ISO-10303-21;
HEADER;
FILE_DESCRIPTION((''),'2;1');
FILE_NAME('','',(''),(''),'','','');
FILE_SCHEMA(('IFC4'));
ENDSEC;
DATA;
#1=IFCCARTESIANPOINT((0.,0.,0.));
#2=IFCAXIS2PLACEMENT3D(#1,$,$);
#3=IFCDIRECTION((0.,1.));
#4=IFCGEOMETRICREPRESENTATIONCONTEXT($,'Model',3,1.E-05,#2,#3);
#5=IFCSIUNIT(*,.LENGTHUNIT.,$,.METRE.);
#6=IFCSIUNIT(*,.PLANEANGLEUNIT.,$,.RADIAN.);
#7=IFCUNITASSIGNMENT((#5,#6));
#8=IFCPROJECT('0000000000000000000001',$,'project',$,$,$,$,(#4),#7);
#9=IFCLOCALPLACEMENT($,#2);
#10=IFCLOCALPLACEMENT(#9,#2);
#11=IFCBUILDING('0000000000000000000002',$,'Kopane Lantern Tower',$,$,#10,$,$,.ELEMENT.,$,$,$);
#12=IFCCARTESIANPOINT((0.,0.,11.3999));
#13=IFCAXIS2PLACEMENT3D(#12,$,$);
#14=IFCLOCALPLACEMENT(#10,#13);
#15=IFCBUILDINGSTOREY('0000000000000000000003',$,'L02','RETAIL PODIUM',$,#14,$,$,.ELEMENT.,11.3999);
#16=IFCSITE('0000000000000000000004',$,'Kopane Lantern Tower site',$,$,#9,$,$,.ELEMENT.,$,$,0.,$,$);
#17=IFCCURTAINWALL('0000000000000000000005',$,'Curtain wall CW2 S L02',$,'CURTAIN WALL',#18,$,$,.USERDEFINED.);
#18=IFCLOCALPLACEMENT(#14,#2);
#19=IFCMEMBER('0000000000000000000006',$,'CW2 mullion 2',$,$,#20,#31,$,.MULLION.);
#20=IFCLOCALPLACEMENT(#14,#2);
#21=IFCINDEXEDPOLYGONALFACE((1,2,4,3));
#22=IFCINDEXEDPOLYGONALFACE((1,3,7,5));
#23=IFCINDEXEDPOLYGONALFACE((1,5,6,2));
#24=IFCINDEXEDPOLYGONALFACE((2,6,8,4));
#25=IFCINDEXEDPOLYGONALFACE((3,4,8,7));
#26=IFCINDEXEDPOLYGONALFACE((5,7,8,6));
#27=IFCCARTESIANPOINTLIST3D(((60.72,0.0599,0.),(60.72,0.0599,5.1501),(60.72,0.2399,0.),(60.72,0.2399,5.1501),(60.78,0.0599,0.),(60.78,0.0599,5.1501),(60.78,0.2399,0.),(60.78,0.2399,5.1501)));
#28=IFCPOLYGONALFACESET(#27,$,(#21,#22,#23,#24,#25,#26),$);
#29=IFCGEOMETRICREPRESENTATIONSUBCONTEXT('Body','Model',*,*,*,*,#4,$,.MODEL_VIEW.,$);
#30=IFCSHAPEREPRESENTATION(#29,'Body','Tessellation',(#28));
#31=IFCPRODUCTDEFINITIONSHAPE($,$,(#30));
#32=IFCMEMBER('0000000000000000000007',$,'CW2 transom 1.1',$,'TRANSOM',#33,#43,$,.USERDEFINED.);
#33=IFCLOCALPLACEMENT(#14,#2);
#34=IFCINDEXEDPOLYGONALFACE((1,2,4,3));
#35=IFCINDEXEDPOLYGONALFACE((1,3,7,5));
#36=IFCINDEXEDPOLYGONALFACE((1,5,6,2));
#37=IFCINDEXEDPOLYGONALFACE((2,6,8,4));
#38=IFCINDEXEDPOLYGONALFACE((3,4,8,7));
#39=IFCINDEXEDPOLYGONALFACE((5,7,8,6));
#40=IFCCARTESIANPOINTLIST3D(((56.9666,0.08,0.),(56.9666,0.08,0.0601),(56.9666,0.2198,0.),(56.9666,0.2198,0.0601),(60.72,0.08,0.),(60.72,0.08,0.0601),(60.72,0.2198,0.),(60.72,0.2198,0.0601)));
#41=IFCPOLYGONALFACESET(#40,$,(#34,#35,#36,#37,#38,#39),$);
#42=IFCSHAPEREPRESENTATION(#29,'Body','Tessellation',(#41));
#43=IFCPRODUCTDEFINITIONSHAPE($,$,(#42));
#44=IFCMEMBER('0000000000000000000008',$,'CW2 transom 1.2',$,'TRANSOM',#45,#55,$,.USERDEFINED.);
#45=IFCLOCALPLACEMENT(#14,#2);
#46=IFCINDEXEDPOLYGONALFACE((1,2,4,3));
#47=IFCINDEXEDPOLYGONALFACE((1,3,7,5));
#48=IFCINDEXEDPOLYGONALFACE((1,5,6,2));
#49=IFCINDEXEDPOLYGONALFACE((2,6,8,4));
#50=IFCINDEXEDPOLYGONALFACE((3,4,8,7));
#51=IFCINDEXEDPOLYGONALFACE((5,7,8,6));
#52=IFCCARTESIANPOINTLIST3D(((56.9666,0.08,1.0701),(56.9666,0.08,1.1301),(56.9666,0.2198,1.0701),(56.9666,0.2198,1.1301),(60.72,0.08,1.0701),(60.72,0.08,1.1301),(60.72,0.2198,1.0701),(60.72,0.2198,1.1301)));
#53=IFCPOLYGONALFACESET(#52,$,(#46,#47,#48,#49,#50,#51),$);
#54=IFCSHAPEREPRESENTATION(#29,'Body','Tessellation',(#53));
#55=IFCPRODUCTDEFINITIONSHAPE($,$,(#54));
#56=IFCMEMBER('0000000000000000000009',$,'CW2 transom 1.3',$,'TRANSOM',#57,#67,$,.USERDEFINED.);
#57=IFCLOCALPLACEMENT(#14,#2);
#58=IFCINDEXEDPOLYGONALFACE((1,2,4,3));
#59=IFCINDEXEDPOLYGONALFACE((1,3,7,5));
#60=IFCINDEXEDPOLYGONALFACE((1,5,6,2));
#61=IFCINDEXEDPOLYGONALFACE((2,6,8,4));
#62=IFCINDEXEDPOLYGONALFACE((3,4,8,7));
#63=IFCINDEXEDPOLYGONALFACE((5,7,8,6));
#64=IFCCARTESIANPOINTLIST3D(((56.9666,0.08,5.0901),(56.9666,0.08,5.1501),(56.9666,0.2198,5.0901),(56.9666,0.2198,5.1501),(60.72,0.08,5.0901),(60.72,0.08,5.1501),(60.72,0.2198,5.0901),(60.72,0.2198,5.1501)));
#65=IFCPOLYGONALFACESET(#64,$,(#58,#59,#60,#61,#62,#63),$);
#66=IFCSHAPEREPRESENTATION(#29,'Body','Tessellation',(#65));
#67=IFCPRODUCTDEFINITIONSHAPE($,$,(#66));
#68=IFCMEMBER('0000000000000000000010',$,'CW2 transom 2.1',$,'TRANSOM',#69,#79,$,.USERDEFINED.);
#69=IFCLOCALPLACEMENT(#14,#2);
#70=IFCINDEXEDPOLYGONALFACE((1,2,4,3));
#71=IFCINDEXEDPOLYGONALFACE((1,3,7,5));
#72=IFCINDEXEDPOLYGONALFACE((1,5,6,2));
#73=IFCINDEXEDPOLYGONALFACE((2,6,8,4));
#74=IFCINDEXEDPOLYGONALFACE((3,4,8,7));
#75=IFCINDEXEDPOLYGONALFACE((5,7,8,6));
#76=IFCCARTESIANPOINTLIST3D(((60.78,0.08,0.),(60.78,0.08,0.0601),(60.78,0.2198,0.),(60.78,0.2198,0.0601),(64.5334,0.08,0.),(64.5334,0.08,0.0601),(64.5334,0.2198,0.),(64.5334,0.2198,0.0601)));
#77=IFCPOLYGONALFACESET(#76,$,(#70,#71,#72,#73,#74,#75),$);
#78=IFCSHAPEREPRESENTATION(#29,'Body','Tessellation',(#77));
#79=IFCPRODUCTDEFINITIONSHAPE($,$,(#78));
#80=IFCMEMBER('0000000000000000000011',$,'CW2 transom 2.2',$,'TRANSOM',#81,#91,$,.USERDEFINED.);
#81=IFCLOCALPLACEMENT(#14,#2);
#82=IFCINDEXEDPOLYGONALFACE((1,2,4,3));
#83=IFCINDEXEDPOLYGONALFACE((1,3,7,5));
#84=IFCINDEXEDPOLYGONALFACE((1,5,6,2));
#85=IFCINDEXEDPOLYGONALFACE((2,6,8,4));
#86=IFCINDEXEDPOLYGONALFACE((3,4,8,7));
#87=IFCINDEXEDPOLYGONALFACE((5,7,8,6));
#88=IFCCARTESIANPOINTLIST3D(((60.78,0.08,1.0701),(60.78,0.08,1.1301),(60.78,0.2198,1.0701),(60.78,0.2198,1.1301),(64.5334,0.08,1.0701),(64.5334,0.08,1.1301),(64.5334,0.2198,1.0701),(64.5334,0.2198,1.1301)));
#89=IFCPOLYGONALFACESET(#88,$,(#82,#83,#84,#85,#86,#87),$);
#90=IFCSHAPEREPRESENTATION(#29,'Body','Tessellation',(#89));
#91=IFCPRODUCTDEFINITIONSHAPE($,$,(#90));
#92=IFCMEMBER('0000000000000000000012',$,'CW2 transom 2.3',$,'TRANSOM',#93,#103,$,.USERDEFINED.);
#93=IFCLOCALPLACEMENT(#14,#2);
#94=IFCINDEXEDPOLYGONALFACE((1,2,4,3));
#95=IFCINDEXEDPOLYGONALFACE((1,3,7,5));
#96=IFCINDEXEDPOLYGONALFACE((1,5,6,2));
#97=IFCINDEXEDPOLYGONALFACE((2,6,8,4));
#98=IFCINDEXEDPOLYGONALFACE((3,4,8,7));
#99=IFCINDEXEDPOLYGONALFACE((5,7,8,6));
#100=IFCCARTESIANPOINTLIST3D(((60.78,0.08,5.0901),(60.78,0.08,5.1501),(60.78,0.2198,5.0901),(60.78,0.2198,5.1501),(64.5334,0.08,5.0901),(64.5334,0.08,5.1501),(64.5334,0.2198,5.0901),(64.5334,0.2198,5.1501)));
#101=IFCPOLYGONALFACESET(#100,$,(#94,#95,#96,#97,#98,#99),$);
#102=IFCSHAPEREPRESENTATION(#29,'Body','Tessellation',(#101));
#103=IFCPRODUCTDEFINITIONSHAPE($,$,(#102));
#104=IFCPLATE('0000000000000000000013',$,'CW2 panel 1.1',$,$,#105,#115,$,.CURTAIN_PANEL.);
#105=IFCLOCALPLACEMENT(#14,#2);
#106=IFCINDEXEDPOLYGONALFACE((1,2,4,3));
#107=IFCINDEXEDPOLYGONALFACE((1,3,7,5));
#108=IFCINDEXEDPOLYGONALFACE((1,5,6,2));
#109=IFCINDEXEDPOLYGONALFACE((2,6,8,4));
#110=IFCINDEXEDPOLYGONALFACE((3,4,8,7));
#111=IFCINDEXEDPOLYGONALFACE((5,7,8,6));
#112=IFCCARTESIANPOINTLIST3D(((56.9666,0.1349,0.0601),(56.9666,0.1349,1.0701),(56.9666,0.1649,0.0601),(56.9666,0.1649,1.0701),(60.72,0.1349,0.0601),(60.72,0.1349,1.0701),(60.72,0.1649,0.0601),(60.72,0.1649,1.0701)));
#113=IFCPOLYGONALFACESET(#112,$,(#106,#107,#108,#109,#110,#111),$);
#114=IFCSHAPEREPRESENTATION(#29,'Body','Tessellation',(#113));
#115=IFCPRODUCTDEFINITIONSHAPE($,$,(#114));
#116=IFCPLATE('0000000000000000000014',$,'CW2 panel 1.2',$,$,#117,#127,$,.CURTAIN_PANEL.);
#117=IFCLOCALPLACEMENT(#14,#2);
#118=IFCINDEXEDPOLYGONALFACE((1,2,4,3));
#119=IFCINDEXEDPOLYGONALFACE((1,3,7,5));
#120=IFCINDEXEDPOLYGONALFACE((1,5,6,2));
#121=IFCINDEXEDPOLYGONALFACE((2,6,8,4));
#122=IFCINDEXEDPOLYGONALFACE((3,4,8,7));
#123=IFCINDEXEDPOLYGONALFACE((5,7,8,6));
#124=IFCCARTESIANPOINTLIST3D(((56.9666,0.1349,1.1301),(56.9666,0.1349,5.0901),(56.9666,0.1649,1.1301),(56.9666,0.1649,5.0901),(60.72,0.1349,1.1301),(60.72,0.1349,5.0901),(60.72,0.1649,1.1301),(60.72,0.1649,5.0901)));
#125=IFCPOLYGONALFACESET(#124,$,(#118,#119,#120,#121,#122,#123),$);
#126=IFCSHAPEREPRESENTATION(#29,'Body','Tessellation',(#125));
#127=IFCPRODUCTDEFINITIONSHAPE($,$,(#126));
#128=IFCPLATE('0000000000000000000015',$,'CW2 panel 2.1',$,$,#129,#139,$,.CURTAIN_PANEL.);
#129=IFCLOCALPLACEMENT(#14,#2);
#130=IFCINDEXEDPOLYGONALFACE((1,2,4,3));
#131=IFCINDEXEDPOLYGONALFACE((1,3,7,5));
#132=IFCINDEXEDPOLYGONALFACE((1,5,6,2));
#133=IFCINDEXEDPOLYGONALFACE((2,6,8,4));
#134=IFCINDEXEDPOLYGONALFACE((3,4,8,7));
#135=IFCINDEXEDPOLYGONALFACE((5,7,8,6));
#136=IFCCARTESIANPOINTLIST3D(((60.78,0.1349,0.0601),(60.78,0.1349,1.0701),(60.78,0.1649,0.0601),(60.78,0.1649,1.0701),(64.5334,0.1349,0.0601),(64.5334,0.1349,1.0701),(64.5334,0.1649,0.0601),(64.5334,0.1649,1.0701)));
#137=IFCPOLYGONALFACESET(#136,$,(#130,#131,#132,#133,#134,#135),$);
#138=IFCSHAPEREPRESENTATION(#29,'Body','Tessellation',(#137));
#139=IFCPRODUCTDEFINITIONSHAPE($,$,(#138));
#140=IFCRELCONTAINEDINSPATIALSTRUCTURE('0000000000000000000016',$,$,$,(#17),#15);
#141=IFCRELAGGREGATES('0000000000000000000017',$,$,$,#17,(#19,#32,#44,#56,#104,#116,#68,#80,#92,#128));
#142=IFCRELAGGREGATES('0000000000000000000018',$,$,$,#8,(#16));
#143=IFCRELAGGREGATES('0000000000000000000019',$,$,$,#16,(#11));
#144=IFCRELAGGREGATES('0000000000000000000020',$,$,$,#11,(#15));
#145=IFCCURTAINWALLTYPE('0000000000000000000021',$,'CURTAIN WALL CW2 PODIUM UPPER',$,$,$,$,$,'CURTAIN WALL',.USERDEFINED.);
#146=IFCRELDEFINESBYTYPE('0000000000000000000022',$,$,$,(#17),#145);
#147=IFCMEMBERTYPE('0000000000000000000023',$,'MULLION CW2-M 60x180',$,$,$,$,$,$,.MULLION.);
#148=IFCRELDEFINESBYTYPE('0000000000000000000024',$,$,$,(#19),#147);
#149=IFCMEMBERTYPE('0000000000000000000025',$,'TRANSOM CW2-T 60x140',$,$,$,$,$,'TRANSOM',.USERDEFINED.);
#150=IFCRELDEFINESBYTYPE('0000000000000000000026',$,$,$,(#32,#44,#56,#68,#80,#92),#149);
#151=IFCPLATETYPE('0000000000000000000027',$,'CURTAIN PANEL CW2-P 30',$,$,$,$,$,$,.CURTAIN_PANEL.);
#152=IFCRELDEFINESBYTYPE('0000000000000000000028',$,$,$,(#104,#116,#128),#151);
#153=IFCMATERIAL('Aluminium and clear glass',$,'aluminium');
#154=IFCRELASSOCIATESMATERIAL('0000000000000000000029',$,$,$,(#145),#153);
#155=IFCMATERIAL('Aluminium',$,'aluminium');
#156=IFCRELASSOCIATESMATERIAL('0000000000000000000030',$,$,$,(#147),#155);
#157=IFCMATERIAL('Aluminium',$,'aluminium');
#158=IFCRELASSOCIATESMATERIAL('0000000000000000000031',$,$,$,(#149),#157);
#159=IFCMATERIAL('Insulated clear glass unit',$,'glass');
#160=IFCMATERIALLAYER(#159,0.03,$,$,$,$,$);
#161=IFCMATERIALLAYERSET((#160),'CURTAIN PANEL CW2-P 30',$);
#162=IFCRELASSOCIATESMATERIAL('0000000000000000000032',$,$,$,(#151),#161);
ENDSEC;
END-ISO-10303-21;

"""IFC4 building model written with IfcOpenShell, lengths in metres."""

from ifc_helpers import new_model, si_unit, direction, frame, origin, origin_2d, place, context, subcontext, project, spatial, rectangle, extrude, material, layer, layer_set, material_profile, profile_set, type_object, element, aggregate, save


model = new_model("IFC4")

# Units and contexts
model_context = context("Model", 3, precision=1e-05, world=origin(), true_north=direction((0.0, 1.0)))
body_context = subcontext(model_context, "Body", "Model", "MODEL_VIEW")
ifc_project = project(units=[si_unit("LENGTHUNIT", "METRE"), si_unit("PLANEANGLEUNIT", "RADIAN")], contexts=[model_context])

# Site, building, storey
site_placement = place(None, origin())
site = spatial("IfcSite", under=ifc_project, at=site_placement, Name="Kopane Lantern Tower site", CompositionType="ELEMENT", RefElevation=0.0)
building_placement = place(site_placement, origin())
building = spatial("IfcBuilding", under=site, at=building_placement, Name="Kopane Lantern Tower", CompositionType="ELEMENT")
storey_placement = place(building_placement, frame((0.0, 0.0, 11.3999)))
storey = spatial("IfcBuildingStorey", under=building, at=storey_placement, Name="L02", Description="RETAIL PODIUM", CompositionType="ELEMENT", Elevation=11.3999)

# Curtain wall, members, plates
ifc_material_1 = material(Name="Aluminium and clear glass", Category="aluminium")
curtain_wall_type = type_object("IfcCurtainWallType", Name="CURTAIN WALL CW2 PODIUM UPPER", ElementType="CURTAIN WALL", PredefinedType="USERDEFINED", material=ifc_material_1)
curtain_wall_placement = place(storey_placement, origin())
curtain_wall = element("IfcCurtainWall", 1, at=curtain_wall_placement, inside=storey, type_object=curtain_wall_type, Name="Curtain wall CW2 S L02", ObjectType="CURTAIN WALL", PredefinedType="USERDEFINED")
ifc_material_2 = material(Name="Aluminium", Category="aluminium")
ifc_material_profile_1 = material_profile(ifc_material_2, rectangle(XDim=0.0601, YDim=0.1799, at=origin_2d()), Name="AL 60x180")
ifc_profile_set_1 = profile_set([ifc_material_profile_1], Name="Aluminium")
member_type_1 = type_object("IfcMemberType", Name="MULLION CW2-M 60x180", PredefinedType="MULLION", material=ifc_profile_set_1)
member_1_placement = place(storey_placement, frame((60.75, 0.1499, 0.0), z_axis=(0.0, 0.0, 1.0), x_axis=(1.0, 0.0, 0.0)))
member_1 = element("IfcMember", 2, at=member_1_placement, type_object=member_type_1, Name="CW2 mullion 2", PredefinedType="MULLION", context=body_context, shape_type="SweptSolid", body=[
    extrude(rectangle(XDim=0.0601, YDim=0.1799, at=origin_2d()), origin(), (0.0, 0.0, 1.0), 5.1501),
])
ifc_material_3 = material(Name="Aluminium", Category="aluminium")
ifc_material_profile_2 = material_profile(ifc_material_3, rectangle(XDim=0.1399, YDim=0.0601, at=origin_2d()), Name="AL 140x60")
ifc_profile_set_2 = profile_set([ifc_material_profile_2], Name="Aluminium")
member_type_2 = type_object("IfcMemberType", Name="TRANSOM CW2-T 60x140", ElementType="TRANSOM", PredefinedType="USERDEFINED", material=ifc_profile_set_2)
member_2_placement = place(storey_placement, frame((56.9666, 0.1499, 0.03), z_axis=(1.0, 0.0, 0.0), x_axis=(0.0, 1.0, 0.0)))
member_2 = element("IfcMember", 3, at=member_2_placement, type_object=member_type_2, Name="CW2 transom 1.1", ObjectType="TRANSOM", PredefinedType="USERDEFINED", context=body_context, shape_type="SweptSolid", body=[
    extrude(rectangle(XDim=0.1399, YDim=0.0601, at=origin_2d()), origin(), (0.0, 0.0, 1.0), 3.7534),
])
member_3_placement = place(storey_placement, frame((56.9666, 0.1499, 1.1001), z_axis=(1.0, 0.0, 0.0), x_axis=(0.0, 1.0, 0.0)))
member_3 = element("IfcMember", 4, at=member_3_placement, type_object=member_type_2, Name="CW2 transom 1.2", ObjectType="TRANSOM", PredefinedType="USERDEFINED", context=body_context, shape_type="SweptSolid", body=[
    extrude(rectangle(XDim=0.1399, YDim=0.0601, at=origin_2d()), origin(), (0.0, 0.0, 1.0), 3.7534),
])
member_4_placement = place(storey_placement, frame((56.9666, 0.1499, 5.1201), z_axis=(1.0, 0.0, 0.0), x_axis=(0.0, 1.0, 0.0)))
member_4 = element("IfcMember", 5, at=member_4_placement, type_object=member_type_2, Name="CW2 transom 1.3", ObjectType="TRANSOM", PredefinedType="USERDEFINED", context=body_context, shape_type="SweptSolid", body=[
    extrude(rectangle(XDim=0.1399, YDim=0.0601, at=origin_2d()), origin(), (0.0, 0.0, 1.0), 3.7534),
])
member_5_placement = place(storey_placement, frame((60.78, 0.1499, 0.03), z_axis=(1.0, 0.0, 0.0), x_axis=(0.0, 1.0, 0.0)))
member_5 = element("IfcMember", 6, at=member_5_placement, type_object=member_type_2, Name="CW2 transom 2.1", ObjectType="TRANSOM", PredefinedType="USERDEFINED", context=body_context, shape_type="SweptSolid", body=[
    extrude(rectangle(XDim=0.1399, YDim=0.0601, at=origin_2d()), origin(), (0.0, 0.0, 1.0), 3.7534),
])
member_6_placement = place(storey_placement, frame((60.78, 0.1499, 1.1001), z_axis=(1.0, 0.0, 0.0), x_axis=(0.0, 1.0, 0.0)))
member_6 = element("IfcMember", 7, at=member_6_placement, type_object=member_type_2, Name="CW2 transom 2.2", ObjectType="TRANSOM", PredefinedType="USERDEFINED", context=body_context, shape_type="SweptSolid", body=[
    extrude(rectangle(XDim=0.1399, YDim=0.0601, at=origin_2d()), origin(), (0.0, 0.0, 1.0), 3.7534),
])
member_7_placement = place(storey_placement, frame((60.78, 0.1499, 5.1201), z_axis=(1.0, 0.0, 0.0), x_axis=(0.0, 1.0, 0.0)))
member_7 = element("IfcMember", 8, at=member_7_placement, type_object=member_type_2, Name="CW2 transom 2.3", ObjectType="TRANSOM", PredefinedType="USERDEFINED", context=body_context, shape_type="SweptSolid", body=[
    extrude(rectangle(XDim=0.1399, YDim=0.0601, at=origin_2d()), origin(), (0.0, 0.0, 1.0), 3.7534),
])
ifc_material_4 = material(Name="Insulated clear glass unit", Category="glass")
ifc_layer = layer(ifc_material_4, 0.03)
ifc_layer_set = layer_set([ifc_layer], Name="CURTAIN PANEL CW2-P 30")
plate_type = type_object("IfcPlateType", Name="CURTAIN PANEL CW2-P 30", PredefinedType="CURTAIN_PANEL", material=ifc_layer_set)
plate_1_placement = place(storey_placement, frame((58.8433, 0.1499, 0.0601), z_axis=(0.0, 0.0, 1.0), x_axis=(1.0, 0.0, 0.0)))
plate_1 = element("IfcPlate", 9, at=plate_1_placement, type_object=plate_type, Name="CW2 panel 1.1", PredefinedType="CURTAIN_PANEL", context=body_context, shape_type="SweptSolid", body=[
    extrude(rectangle(XDim=3.7534, YDim=0.03, at=origin_2d()), origin(), (0.0, 0.0, 1.0), 1.01),
])
plate_2_placement = place(storey_placement, frame((58.8433, 0.1499, 1.1301), z_axis=(0.0, 0.0, 1.0), x_axis=(1.0, 0.0, 0.0)))
plate_2 = element("IfcPlate", 10, at=plate_2_placement, type_object=plate_type, Name="CW2 panel 1.2", PredefinedType="CURTAIN_PANEL", context=body_context, shape_type="SweptSolid", body=[
    extrude(rectangle(XDim=3.7534, YDim=0.03, at=origin_2d()), origin(), (0.0, 0.0, 1.0), 3.96),
])
plate_3_placement = place(storey_placement, frame((62.6567, 0.1499, 0.0601), z_axis=(0.0, 0.0, 1.0), x_axis=(1.0, 0.0, 0.0)))
plate_3 = element("IfcPlate", 11, at=plate_3_placement, type_object=plate_type, Name="CW2 panel 2.1", PredefinedType="CURTAIN_PANEL", context=body_context, shape_type="SweptSolid", body=[
    extrude(rectangle(XDim=3.7534, YDim=0.03, at=origin_2d()), origin(), (0.0, 0.0, 1.0), 1.01),
])
aggregate(curtain_wall, [member_1, member_2, member_3, member_4, plate_1, plate_2, member_5, member_6, member_7, plate_3])

save(model, "model.ifc")
